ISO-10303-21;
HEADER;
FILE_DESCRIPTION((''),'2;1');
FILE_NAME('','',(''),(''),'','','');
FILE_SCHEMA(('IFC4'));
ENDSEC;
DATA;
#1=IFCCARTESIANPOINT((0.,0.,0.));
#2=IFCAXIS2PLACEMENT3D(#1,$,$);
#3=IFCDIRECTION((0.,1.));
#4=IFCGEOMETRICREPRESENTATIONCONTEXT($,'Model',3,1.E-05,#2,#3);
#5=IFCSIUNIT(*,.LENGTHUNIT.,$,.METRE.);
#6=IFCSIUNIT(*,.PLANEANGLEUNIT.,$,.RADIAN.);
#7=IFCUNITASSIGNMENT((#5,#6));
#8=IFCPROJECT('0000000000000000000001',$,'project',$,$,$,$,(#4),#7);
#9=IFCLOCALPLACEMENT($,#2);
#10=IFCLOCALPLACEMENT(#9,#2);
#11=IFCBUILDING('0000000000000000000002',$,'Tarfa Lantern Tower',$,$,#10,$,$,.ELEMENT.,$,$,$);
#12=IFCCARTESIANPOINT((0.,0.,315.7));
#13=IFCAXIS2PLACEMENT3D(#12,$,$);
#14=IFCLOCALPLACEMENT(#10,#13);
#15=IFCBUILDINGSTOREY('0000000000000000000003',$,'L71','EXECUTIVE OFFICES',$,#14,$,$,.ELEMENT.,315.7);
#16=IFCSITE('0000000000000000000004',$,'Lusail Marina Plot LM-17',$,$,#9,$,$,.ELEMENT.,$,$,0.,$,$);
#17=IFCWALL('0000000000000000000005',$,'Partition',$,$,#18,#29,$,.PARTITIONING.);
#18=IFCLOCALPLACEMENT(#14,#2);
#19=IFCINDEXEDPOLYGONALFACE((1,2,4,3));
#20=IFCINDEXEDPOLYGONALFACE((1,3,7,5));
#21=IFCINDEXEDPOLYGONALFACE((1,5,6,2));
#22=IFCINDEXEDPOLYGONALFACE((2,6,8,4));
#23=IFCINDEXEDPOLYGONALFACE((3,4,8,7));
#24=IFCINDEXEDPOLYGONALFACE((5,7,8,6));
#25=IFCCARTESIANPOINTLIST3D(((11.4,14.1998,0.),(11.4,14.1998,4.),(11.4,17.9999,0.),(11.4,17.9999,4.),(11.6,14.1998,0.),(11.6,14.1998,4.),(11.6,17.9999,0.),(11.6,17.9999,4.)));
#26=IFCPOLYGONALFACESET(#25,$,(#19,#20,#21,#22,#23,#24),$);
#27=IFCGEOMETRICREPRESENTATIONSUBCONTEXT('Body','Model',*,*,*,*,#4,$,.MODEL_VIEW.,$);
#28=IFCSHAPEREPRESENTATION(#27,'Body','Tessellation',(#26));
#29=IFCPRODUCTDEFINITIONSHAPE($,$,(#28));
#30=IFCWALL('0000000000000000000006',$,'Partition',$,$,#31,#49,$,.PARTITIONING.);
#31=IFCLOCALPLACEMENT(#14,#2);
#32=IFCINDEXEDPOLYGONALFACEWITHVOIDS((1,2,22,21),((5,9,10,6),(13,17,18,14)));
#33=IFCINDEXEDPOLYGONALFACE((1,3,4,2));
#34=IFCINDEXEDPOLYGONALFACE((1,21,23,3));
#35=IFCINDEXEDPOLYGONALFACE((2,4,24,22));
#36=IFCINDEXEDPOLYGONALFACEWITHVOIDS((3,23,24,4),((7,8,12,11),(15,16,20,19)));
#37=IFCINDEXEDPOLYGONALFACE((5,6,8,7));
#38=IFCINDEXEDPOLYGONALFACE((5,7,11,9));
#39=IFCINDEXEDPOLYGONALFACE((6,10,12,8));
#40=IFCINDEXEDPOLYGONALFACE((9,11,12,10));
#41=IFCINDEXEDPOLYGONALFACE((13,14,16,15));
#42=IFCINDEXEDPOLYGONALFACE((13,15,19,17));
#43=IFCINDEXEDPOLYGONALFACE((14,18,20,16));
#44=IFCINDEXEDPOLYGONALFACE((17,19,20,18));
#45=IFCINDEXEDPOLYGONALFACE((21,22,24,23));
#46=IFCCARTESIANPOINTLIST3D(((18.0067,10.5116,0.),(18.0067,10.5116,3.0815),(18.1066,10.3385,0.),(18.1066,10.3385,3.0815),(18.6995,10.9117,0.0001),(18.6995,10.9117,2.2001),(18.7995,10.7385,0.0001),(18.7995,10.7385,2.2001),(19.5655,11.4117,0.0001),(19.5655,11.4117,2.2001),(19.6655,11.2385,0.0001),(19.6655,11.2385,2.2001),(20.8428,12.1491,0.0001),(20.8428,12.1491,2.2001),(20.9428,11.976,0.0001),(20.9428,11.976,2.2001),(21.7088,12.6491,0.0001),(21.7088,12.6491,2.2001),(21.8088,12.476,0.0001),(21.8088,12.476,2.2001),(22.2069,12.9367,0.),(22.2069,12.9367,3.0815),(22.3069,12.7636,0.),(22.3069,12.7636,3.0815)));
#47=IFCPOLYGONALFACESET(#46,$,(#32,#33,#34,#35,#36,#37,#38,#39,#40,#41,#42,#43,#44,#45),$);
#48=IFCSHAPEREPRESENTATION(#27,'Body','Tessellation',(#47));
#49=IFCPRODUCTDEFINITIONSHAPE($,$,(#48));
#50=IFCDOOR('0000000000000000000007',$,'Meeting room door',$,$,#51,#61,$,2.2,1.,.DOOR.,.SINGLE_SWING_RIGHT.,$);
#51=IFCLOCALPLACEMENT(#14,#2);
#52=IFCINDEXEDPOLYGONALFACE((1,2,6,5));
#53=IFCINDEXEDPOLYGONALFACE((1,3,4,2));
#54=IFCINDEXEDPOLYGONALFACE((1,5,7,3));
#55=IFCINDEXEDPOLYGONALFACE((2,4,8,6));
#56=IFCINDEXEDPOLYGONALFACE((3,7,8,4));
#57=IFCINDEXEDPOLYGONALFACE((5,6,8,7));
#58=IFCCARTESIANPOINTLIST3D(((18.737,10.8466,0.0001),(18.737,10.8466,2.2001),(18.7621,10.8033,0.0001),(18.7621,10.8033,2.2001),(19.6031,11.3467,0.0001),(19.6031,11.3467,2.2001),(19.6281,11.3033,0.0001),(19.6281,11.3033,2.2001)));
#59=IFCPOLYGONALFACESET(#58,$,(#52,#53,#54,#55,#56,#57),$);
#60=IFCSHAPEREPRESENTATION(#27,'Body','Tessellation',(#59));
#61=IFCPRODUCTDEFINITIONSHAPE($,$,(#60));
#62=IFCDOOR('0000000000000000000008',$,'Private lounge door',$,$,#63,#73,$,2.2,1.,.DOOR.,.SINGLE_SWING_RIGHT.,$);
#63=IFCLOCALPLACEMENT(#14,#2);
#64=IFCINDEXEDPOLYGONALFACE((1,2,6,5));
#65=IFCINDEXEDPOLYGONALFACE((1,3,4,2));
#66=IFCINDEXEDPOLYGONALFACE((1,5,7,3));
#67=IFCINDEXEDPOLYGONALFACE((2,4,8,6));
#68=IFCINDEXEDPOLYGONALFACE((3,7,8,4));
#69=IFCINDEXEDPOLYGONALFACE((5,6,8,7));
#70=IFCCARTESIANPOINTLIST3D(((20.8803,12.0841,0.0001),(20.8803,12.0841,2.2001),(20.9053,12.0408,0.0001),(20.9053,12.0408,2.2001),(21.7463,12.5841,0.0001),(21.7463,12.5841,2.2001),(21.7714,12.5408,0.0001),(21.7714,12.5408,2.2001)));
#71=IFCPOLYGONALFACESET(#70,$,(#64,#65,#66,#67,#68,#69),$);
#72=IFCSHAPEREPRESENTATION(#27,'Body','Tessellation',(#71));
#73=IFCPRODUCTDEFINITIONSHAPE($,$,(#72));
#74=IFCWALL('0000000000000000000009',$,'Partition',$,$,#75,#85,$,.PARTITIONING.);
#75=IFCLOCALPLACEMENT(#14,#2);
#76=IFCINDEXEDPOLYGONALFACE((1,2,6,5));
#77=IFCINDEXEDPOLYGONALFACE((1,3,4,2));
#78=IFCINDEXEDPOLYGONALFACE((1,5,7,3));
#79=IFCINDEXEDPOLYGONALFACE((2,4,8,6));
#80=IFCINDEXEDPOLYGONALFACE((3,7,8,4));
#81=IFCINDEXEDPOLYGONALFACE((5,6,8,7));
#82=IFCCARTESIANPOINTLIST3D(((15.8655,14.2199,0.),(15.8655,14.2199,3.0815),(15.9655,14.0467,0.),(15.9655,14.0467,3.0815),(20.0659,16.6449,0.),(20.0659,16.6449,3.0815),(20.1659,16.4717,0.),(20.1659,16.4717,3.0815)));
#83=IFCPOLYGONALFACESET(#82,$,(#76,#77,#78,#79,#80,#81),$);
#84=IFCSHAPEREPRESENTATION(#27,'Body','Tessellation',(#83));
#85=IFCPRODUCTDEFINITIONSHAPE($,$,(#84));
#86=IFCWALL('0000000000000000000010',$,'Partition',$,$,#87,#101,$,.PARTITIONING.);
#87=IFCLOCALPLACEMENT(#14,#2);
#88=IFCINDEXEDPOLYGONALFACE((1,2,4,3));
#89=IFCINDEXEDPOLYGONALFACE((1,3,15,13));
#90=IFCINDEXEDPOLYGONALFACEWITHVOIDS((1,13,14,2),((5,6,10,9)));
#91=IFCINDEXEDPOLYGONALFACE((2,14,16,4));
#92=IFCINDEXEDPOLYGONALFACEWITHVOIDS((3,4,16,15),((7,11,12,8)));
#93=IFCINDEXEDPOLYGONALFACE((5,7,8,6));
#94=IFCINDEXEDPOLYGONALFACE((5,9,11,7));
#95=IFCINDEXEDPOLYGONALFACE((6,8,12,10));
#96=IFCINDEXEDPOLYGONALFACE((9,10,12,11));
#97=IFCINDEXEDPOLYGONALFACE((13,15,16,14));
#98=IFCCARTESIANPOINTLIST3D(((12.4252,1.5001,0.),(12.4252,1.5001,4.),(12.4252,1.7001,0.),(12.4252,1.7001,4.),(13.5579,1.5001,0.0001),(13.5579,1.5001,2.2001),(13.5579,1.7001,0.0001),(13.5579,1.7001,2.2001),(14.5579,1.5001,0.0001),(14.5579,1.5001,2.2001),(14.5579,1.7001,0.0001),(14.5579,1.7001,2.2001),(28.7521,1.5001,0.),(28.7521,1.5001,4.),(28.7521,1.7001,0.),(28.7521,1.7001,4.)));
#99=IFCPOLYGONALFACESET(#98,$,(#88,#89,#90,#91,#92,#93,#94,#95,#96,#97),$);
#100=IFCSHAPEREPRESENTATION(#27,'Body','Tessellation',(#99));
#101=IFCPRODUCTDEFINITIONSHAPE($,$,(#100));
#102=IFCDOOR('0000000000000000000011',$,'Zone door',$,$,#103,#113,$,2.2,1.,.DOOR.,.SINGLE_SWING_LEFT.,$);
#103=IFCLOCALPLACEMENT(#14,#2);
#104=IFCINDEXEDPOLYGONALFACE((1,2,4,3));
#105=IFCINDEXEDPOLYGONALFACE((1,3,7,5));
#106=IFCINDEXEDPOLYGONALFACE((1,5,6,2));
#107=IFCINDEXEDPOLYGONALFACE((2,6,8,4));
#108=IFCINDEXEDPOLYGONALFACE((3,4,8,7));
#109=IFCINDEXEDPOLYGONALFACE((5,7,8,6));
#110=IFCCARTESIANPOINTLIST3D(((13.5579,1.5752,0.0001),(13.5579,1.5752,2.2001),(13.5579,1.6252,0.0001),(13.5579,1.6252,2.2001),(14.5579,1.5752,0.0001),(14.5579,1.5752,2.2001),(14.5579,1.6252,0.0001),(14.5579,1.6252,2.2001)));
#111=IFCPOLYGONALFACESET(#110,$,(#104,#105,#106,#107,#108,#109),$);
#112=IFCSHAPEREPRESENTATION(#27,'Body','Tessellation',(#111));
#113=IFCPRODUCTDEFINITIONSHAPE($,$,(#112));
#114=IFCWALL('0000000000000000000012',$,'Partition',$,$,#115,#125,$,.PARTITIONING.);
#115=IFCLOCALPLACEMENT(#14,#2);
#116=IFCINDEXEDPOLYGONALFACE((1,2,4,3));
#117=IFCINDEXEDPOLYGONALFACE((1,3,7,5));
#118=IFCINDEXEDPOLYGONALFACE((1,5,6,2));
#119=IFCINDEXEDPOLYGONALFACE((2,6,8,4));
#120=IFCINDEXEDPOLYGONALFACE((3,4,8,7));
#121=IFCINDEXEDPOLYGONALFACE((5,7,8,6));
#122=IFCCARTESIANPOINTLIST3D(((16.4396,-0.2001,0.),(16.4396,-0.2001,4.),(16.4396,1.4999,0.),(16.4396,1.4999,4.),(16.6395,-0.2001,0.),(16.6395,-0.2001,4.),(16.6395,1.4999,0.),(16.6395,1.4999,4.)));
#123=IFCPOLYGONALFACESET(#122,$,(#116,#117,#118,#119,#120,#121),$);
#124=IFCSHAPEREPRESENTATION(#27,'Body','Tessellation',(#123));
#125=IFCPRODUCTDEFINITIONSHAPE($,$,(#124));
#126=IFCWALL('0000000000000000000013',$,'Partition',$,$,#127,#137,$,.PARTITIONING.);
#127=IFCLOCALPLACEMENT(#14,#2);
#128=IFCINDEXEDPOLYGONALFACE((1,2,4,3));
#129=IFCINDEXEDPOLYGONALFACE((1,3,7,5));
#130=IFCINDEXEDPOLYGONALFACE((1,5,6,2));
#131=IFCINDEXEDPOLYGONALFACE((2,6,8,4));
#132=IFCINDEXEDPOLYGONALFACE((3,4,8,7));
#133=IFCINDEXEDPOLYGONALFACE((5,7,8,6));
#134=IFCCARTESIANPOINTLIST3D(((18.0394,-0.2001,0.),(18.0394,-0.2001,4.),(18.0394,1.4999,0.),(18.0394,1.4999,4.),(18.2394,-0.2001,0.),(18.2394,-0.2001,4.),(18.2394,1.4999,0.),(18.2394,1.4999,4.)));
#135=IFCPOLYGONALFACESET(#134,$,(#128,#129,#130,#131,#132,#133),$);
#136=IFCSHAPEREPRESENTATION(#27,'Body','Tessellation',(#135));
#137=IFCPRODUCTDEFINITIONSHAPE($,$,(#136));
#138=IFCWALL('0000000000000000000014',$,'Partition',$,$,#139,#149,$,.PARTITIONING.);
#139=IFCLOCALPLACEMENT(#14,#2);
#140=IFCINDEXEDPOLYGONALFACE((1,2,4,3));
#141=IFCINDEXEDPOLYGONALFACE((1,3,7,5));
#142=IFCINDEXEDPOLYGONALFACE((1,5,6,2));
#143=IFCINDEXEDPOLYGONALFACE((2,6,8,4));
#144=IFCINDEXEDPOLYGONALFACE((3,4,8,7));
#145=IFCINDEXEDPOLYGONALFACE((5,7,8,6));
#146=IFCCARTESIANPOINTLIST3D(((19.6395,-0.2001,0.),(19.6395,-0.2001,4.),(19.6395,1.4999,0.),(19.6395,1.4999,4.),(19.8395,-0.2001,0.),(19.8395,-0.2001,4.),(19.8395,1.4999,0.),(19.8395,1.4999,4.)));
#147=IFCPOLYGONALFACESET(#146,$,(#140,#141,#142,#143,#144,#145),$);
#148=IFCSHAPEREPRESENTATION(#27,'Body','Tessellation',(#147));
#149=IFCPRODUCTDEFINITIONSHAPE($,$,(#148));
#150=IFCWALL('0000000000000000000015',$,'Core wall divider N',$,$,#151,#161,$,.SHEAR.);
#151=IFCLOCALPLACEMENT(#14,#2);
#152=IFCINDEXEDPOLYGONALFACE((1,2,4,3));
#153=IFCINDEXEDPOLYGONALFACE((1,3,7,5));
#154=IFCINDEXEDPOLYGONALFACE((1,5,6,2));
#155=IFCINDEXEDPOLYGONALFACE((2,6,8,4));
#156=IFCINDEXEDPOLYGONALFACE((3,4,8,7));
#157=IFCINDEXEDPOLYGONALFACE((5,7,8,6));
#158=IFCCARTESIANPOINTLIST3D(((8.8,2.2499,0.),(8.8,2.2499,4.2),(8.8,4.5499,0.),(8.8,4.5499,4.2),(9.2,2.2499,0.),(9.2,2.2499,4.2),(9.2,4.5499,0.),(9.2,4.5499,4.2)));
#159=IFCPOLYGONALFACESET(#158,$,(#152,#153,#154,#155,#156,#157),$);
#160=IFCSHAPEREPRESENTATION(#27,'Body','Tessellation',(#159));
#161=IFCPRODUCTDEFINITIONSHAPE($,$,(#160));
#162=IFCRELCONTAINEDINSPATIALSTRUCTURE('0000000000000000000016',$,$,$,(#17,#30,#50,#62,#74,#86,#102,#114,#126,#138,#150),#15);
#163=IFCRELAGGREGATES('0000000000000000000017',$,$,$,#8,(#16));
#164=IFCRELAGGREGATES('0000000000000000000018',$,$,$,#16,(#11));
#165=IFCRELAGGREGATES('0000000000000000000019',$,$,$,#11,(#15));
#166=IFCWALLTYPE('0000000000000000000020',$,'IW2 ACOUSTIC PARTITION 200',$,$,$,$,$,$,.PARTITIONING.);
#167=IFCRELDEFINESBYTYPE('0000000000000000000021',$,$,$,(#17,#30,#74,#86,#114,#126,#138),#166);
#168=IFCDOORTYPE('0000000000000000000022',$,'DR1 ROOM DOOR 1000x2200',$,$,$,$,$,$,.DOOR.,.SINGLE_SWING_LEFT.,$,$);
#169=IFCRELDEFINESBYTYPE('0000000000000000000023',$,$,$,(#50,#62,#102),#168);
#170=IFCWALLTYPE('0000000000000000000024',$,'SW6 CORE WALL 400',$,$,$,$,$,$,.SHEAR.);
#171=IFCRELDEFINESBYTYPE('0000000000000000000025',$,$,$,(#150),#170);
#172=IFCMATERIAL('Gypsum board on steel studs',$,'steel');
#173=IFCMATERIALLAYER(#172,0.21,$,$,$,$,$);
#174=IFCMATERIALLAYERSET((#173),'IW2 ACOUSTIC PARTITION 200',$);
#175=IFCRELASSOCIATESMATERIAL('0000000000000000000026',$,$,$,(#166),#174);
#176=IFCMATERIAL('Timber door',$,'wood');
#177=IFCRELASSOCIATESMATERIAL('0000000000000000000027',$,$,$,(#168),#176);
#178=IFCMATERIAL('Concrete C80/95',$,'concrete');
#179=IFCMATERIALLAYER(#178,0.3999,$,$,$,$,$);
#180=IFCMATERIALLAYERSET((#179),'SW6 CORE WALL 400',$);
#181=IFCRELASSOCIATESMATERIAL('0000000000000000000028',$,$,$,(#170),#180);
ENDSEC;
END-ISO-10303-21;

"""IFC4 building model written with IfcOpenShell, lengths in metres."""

from ifc_helpers import new_model, si_unit, direction, frame, frame_2d, origin, place, context, subcontext, project, spatial, rectangle, extrude, material, layer, layer_set, type_object, element, fill, save


model = new_model("IFC4")

# Units and contexts
model_context = context("Model", 3, precision=1e-05, world=origin(), true_north=direction((0.0, 1.0)))
body_context = subcontext(model_context, "Body", "Model", "MODEL_VIEW")
ifc_project = project(units=[si_unit("LENGTHUNIT", "METRE"), si_unit("PLANEANGLEUNIT", "RADIAN")], contexts=[model_context])

# Site, building, storey
site_placement = place(None, origin())
site = spatial("IfcSite", under=ifc_project, at=site_placement, Name="Lusail Marina Plot LM-17", CompositionType="ELEMENT", RefElevation=0.0)
building_placement = place(site_placement, origin())
building = spatial("IfcBuilding", under=site, at=building_placement, Name="Tarfa Lantern Tower", CompositionType="ELEMENT")
storey_placement = place(building_placement, frame((0.0, 0.0, 315.7)))
storey = spatial("IfcBuildingStorey", under=building, at=storey_placement, Name="L71", Description="EXECUTIVE OFFICES", CompositionType="ELEMENT", Elevation=315.7)

# Shared definitions
ifc_material_1 = material(Name="Concrete C80/95", Category="concrete")

# Wall
ifc_material_2 = material(Name="Gypsum board on steel studs", Category="steel")
ifc_layer_1 = layer(ifc_material_2, 0.21)
ifc_layer_set_1 = layer_set([ifc_layer_1], Name="IW2 ACOUSTIC PARTITION 200")
wall_type_1 = type_object("IfcWallType", Name="IW2 ACOUSTIC PARTITION 200", PredefinedType="PARTITIONING", material=ifc_layer_set_1)
wall_1_placement = place(storey_placement, frame((11.5, 14.2, 0.0), z_axis=(0.0, 0.0, 1.0), x_axis=(0.0, 1.0, 0.0)))
element("IfcWall", 1, at=wall_1_placement, inside=storey, type_object=wall_type_1, Name="Partition", PredefinedType="PARTITIONING", context=body_context, shape_type="SweptSolid", body=[
    extrude(rectangle(XDim=3.8, YDim=0.2, at=frame_2d((1.8999, 0.0))), origin(), (0.0, 0.0, 1.0), 4.0),
])

# Wall, openings, doors
wall_2_placement = place(storey_placement, frame((18.0566, 10.425, 0.0), z_axis=(0.0, 0.0, 1.0), x_axis=(0.86602, 0.50001, 0.0)))
wall_2 = element("IfcWall", 2, at=wall_2_placement, inside=storey, type_object=wall_type_1, Name="Partition", PredefinedType="PARTITIONING", context=body_context, shape_type="SweptSolid", body=[
    extrude(rectangle(XDim=4.8501, YDim=0.2, at=frame_2d((2.425, 0.0))), origin(), (0.0, 0.0, 1.0), 3.0815),
])
opening_1_placement = place(wall_2_placement, frame((0.8, 0.0, 0.0)))
opening_1 = element("IfcOpeningElement", 3, at=opening_1_placement, cuts=wall_2, PredefinedType="OPENING", context=body_context, shape_type="SweptSolid", body=[
    extrude(rectangle(XDim=1.0, YDim=2.2, at=frame_2d((0.5, 1.1001))), frame((0.0, 0.1099, 0.0), z_axis=(0.0, -1.0, 0.0), x_axis=(1.0, 0.0, 0.0)), (0.0, 0.0, 1.0), 0.22),
])
opening_2_placement = place(wall_2_placement, frame((3.2749, 0.0, 0.0)))
opening_2 = element("IfcOpeningElement", 4, at=opening_2_placement, cuts=wall_2, PredefinedType="OPENING", context=body_context, shape_type="SweptSolid", body=[
    extrude(rectangle(XDim=1.0, YDim=2.2, at=frame_2d((0.5, 1.1001))), frame((0.0, 0.1099, 0.0), z_axis=(0.0, -1.0, 0.0), x_axis=(1.0, 0.0, 0.0)), (0.0, 0.0, 1.0), 0.22),
])
ifc_material_3 = material(Name="Timber door", Category="wood")
door_type = type_object("IfcDoorType", Name="DR1 ROOM DOOR 1000x2200", OperationType="SINGLE_SWING_LEFT", PredefinedType="DOOR", material=ifc_material_3)
door_1_placement = place(opening_1_placement, origin())
door_1 = element("IfcDoor", 5, at=door_1_placement, inside=storey, type_object=door_type, Name="Meeting room door", OperationType="SINGLE_SWING_RIGHT", OverallHeight=2.2, OverallWidth=1.0, PredefinedType="DOOR", context=body_context, shape_type="SweptSolid", body=[
    extrude(rectangle(XDim=1.0, YDim=2.2, at=frame_2d((0.5, 1.1001))), frame((0.0, 0.0249, 0.0), z_axis=(0.0, -1.0, 0.0), x_axis=(1.0, 0.0, 0.0)), (0.0, 0.0, 1.0), 0.05),
])
fill(opening_1, door_1)
door_2_placement = place(opening_2_placement, origin())
door_2 = element("IfcDoor", 6, at=door_2_placement, inside=storey, type_object=door_type, Name="Private lounge door", OperationType="SINGLE_SWING_RIGHT", OverallHeight=2.2, OverallWidth=1.0, PredefinedType="DOOR", context=body_context, shape_type="SweptSolid", body=[
    extrude(rectangle(XDim=1.0, YDim=2.2, at=frame_2d((0.5, 1.1001))), frame((0.0, 0.0249, 0.0), z_axis=(0.0, -1.0, 0.0), x_axis=(1.0, 0.0, 0.0)), (0.0, 0.0, 1.0), 0.05),
])
fill(opening_2, door_2)

# Wall
wall_3_placement = place(storey_placement, frame((15.9155, 14.1333, 0.0), z_axis=(0.0, 0.0, 1.0), x_axis=(0.866032, 0.499988, 0.0)))
element("IfcWall", 7, at=wall_3_placement, inside=storey, type_object=wall_type_1, Name="Partition", PredefinedType="PARTITIONING", context=body_context, shape_type="SweptSolid", body=[
    extrude(rectangle(XDim=4.8501, YDim=0.2, at=frame_2d((2.425, 0.0))), origin(), (0.0, 0.0, 1.0), 3.0815),
])

# Wall, opening, door
wall_4_placement = place(storey_placement, frame((12.425, 1.6001, 0.0), z_axis=(0.0, 0.0, 1.0), x_axis=(1.0, 0.0, 0.0)))
wall_4 = element("IfcWall", 8, at=wall_4_placement, inside=storey, type_object=wall_type_1, Name="Partition", PredefinedType="PARTITIONING", context=body_context, shape_type="SweptSolid", body=[
    extrude(rectangle(XDim=16.3269, YDim=0.2, at=frame_2d((8.1636, 0.0))), origin(), (0.0, 0.0, 1.0), 4.0),
])
opening_3_placement = place(wall_4_placement, frame((1.1328, 0.0, 0.0)))
opening_3 = element("IfcOpeningElement", 9, at=opening_3_placement, cuts=wall_4, PredefinedType="OPENING", context=body_context, shape_type="SweptSolid", body=[
    extrude(rectangle(XDim=1.0, YDim=2.2, at=frame_2d((0.5, 1.1001))), frame((0.0, 0.1099, 0.0), z_axis=(0.0, -1.0, 0.0), x_axis=(1.0, 0.0, 0.0)), (0.0, 0.0, 1.0), 0.22),
])
door_3_placement = place(opening_3_placement, frame((1.0, 0.0, 0.0), z_axis=(0.0, 0.0, 1.0), x_axis=(-1.0, 0.0, 0.0)))
door_3 = element("IfcDoor", 10, at=door_3_placement, inside=storey, type_object=door_type, Name="Zone door", OperationType="SINGLE_SWING_LEFT", OverallHeight=2.2, OverallWidth=1.0, PredefinedType="DOOR", context=body_context, shape_type="SweptSolid", body=[
    extrude(rectangle(XDim=1.0, YDim=2.2, at=frame_2d((0.5, 1.1001))), frame((0.0, 0.0249, 0.0), z_axis=(0.0, -1.0, 0.0), x_axis=(1.0, 0.0, 0.0)), (0.0, 0.0, 1.0), 0.05),
])
fill(opening_3, door_3)

# Walls
for number, where, z_axis, x_axis, name in (
    (11, (16.5396, 1.5, 0.0), (0.0, 0.0, 1.0), (0.0, -1.0, 0.0), "Partition"),
    (12, (18.1394, 1.5, 0.0), (0.0, 0.0, 1.0), (0.0, -1.0, 0.0), "Partition"),
    (13, (19.7395, 1.5, 0.0), (0.0, 0.0, 1.0), (0.0, -1.0, 0.0), "Partition"),
):
    element("IfcWall", number, at=place(storey_placement, frame(where, z_axis=z_axis, x_axis=x_axis)), inside=storey, type_object=wall_type_1, Name=name, PredefinedType="PARTITIONING", context=body_context, shape_type="SweptSolid", body=[
        extrude(rectangle(XDim=1.7, YDim=0.2, at=frame_2d((0.8501, 0.0))), origin(), (0.0, 0.0, 1.0), 4.0),
    ])
ifc_layer_2 = layer(ifc_material_1, 0.3999)
ifc_layer_set_2 = layer_set([ifc_layer_2], Name="SW6 CORE WALL 400")
wall_type_2 = type_object("IfcWallType", Name="SW6 CORE WALL 400", PredefinedType="SHEAR", material=ifc_layer_set_2)
wall_5_placement = place(storey_placement, frame((9.0, 2.25, 0.0), z_axis=(0.0, 0.0, 1.0), x_axis=(0.0, 1.0, 0.0)))
element("IfcWall", 14, at=wall_5_placement, inside=storey, type_object=wall_type_2, Name="Core wall divider N", PredefinedType="SHEAR", context=body_context, shape_type="SweptSolid", body=[
    extrude(rectangle(XDim=2.3, YDim=0.3999, at=frame_2d((1.1499, 0.0))), origin(), (0.0, 0.0, 1.0), 4.2),
])

save(model, "model.ifc")
